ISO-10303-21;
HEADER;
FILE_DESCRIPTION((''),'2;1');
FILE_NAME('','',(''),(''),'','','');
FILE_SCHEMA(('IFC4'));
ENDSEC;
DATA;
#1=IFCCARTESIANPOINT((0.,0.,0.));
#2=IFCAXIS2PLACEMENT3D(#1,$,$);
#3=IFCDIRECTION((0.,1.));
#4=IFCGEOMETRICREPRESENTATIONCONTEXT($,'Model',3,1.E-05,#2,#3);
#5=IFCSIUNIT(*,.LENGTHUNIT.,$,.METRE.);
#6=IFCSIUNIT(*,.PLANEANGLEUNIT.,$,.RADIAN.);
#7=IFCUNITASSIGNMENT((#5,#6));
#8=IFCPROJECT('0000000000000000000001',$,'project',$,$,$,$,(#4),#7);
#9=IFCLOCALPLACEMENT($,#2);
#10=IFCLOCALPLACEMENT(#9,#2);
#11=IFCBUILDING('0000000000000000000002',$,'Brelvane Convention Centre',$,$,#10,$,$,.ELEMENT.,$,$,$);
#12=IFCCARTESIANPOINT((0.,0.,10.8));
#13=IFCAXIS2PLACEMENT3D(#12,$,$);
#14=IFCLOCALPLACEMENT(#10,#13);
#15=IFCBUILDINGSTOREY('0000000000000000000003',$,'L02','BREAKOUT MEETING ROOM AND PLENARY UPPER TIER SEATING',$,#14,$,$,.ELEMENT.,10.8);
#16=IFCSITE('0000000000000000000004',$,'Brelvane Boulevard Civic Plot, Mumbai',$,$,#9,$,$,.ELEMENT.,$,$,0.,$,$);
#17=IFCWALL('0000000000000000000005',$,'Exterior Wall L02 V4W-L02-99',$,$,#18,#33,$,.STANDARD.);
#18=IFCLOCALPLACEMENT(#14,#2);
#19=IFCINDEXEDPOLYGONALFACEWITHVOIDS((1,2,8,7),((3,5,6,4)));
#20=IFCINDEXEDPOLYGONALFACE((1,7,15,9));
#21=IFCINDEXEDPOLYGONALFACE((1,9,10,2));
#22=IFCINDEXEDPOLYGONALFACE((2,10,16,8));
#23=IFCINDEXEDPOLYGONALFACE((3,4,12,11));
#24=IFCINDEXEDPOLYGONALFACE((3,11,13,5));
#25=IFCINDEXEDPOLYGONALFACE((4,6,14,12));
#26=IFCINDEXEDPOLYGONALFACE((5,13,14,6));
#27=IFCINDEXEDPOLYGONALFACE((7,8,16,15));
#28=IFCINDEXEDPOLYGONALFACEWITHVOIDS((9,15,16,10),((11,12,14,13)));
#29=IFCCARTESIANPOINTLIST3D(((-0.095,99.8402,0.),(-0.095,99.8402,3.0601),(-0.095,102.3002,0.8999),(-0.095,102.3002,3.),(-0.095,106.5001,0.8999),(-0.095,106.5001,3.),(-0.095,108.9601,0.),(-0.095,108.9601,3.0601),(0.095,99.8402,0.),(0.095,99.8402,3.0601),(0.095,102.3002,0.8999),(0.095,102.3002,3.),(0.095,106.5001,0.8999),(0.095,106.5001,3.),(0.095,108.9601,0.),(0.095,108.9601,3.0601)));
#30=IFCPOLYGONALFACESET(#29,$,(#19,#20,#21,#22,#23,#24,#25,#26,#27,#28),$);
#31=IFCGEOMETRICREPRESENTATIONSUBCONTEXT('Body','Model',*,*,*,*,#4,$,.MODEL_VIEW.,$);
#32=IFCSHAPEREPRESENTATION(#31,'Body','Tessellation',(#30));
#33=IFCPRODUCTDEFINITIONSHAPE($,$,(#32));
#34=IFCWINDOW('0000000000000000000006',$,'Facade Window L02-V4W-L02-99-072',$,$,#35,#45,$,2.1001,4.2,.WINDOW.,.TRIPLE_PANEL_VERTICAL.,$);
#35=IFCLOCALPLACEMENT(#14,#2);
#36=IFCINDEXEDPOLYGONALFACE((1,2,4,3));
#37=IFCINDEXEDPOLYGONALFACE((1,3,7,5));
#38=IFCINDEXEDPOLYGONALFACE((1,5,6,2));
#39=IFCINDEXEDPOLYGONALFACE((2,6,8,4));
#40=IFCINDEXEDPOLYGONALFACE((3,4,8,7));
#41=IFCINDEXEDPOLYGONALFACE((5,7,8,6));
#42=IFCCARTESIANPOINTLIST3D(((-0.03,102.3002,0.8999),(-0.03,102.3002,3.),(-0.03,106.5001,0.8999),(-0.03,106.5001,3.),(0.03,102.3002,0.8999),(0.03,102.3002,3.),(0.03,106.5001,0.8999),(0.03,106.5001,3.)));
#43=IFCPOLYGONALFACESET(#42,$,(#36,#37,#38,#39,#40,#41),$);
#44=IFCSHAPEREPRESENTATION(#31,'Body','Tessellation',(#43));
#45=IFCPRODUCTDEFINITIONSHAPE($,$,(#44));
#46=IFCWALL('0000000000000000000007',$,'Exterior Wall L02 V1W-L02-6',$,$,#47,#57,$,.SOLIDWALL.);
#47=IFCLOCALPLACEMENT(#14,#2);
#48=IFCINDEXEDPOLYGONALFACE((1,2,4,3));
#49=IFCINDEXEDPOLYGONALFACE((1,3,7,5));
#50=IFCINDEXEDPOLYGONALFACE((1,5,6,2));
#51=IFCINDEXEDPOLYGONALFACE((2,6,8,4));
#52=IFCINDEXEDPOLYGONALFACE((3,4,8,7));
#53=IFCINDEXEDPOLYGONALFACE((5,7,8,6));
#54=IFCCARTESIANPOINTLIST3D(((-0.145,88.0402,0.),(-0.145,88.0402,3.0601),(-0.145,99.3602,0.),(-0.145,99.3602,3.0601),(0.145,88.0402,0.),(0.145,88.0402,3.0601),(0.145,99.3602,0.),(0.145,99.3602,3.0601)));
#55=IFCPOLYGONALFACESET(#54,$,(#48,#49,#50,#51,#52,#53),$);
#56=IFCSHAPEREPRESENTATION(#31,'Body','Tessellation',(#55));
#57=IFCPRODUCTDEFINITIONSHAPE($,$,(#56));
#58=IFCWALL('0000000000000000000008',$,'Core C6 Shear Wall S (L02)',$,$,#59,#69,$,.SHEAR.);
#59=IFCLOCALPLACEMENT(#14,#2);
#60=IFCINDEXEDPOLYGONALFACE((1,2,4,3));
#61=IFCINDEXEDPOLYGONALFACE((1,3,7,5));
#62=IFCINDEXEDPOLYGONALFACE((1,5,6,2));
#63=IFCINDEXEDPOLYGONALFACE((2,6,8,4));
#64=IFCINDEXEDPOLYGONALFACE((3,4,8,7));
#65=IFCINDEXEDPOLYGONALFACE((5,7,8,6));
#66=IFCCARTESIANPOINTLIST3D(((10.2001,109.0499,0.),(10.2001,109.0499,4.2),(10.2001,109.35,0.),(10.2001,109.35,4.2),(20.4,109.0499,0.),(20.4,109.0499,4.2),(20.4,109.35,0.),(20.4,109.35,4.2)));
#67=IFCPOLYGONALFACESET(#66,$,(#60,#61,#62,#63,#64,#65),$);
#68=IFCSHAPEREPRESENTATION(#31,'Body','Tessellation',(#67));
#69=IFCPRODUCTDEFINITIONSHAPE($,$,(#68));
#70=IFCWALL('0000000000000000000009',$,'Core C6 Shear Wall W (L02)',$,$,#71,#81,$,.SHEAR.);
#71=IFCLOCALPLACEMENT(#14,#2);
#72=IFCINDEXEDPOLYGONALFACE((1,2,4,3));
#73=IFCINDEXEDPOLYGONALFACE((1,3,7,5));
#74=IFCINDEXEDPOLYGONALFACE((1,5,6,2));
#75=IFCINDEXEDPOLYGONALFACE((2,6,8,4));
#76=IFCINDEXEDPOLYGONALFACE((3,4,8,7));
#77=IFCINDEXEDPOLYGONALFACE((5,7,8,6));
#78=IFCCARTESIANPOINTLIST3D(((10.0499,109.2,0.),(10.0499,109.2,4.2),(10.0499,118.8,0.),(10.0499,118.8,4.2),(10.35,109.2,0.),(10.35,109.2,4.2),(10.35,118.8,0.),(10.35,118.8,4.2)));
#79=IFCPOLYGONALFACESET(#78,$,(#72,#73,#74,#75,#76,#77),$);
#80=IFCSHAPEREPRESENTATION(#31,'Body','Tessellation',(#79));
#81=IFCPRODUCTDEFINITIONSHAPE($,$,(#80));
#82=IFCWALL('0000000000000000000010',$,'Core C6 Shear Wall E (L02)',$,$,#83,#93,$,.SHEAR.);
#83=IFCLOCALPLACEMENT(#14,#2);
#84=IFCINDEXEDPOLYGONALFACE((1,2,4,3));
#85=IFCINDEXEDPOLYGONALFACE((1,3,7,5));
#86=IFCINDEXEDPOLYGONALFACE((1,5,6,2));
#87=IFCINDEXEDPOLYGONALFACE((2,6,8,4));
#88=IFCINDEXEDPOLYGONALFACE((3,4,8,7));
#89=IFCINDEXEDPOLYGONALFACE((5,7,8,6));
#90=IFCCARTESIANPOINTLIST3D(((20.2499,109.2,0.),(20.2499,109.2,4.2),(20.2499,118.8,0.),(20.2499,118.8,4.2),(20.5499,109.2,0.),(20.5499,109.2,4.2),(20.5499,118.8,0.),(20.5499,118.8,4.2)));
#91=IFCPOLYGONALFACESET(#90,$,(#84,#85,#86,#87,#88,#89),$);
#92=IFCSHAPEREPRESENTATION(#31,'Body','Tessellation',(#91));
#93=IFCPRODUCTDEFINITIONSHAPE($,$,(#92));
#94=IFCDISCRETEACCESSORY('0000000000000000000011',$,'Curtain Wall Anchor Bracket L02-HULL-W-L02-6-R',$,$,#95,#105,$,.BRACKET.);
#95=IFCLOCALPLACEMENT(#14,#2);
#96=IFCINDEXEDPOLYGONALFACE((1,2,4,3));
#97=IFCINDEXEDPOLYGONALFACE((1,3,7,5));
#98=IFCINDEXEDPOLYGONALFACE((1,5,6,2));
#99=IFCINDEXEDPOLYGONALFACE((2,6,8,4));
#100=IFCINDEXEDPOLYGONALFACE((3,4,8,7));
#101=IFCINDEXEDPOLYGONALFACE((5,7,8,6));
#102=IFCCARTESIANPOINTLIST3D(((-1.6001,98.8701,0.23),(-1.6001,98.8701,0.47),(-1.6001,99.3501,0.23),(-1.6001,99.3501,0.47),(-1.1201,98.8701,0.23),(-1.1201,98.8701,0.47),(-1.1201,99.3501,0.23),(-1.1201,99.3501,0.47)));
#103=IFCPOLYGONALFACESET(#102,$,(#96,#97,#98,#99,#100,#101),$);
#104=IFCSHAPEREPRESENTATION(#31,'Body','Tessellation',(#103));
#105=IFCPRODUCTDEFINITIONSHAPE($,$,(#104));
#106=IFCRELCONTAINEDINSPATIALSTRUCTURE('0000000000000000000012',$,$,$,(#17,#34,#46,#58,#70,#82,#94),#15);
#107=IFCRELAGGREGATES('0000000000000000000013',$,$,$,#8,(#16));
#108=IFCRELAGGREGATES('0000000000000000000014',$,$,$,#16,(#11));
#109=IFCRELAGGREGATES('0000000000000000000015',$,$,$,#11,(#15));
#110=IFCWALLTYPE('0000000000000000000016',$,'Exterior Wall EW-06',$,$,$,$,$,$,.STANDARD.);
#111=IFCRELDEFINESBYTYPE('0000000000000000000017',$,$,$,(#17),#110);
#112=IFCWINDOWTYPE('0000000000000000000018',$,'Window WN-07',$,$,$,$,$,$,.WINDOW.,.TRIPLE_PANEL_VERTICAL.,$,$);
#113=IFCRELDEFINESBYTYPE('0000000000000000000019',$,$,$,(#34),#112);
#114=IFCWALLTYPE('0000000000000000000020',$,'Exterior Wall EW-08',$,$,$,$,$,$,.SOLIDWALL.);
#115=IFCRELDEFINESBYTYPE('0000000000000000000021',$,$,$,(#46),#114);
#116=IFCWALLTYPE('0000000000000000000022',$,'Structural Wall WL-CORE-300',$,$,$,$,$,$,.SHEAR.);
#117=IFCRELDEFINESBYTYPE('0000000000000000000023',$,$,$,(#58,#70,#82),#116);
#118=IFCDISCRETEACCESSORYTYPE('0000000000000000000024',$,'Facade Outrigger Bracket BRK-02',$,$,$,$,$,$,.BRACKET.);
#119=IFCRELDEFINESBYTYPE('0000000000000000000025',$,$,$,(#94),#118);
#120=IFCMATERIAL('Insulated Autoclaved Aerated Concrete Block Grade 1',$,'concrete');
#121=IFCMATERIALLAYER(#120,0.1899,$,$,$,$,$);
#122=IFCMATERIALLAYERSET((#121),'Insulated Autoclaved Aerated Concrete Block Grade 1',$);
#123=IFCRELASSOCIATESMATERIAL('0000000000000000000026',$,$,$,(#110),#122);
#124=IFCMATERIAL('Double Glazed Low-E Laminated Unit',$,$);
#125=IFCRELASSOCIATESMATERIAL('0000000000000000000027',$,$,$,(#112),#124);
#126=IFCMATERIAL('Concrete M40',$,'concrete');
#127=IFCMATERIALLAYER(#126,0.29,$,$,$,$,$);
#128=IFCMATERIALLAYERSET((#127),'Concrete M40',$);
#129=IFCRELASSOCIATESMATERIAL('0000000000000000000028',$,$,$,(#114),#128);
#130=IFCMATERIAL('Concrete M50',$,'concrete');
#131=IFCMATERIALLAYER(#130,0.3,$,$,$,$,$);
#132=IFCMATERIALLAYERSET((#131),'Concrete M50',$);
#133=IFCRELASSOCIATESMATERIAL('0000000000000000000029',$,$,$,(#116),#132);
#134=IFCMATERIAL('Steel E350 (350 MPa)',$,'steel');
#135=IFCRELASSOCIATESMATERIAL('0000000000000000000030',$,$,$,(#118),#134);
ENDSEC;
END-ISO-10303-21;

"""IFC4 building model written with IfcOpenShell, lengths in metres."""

from ifc_helpers import new_model, si_unit, direction, frame, frame_2d, origin, origin_2d, place, context, subcontext, project, spatial, rectangle, extrude, material, layer, layer_set, type_object, element, fill, save


model = new_model("IFC4")

# Units and contexts
model_context = context("Model", 3, precision=1e-05, world=origin(), true_north=direction((0.0, 1.0)))
body_context = subcontext(model_context, "Body", "Model", "MODEL_VIEW")
ifc_project = project(units=[si_unit("LENGTHUNIT", "METRE"), si_unit("PLANEANGLEUNIT", "RADIAN")], contexts=[model_context])

# Site, building, storey
site_placement = place(None, origin())
site = spatial("IfcSite", under=ifc_project, at=site_placement, Name="Brelvane Boulevard Civic Plot, Mumbai", CompositionType="ELEMENT", RefElevation=0.0)
building_placement = place(site_placement, origin())
building = spatial("IfcBuilding", under=site, at=building_placement, Name="Brelvane Convention Centre", CompositionType="ELEMENT")
storey_placement = place(building_placement, frame((0.0, 0.0, 10.8)))
storey = spatial("IfcBuildingStorey", under=building, at=storey_placement, Name="L02", Description="BREAKOUT MEETING ROOM AND PLENARY UPPER TIER SEATING", CompositionType="ELEMENT", Elevation=10.8)

# Wall, opening, window
ifc_material_1 = material(Name="Insulated Autoclaved Aerated Concrete Block Grade 1", Category="concrete")
ifc_layer_1 = layer(ifc_material_1, 0.1899)
ifc_layer_set_1 = layer_set([ifc_layer_1], Name="Insulated Autoclaved Aerated Concrete Block Grade 1")
wall_type_1 = type_object("IfcWallType", Name="Exterior Wall EW-06", PredefinedType="STANDARD", material=ifc_layer_set_1)
wall_1_placement = place(storey_placement, frame((0.0, 99.8401, 0.0), z_axis=(0.0, 0.0, 1.0), x_axis=(0.0, 1.0, 0.0)))
wall_1 = element("IfcWall", 1, at=wall_1_placement, inside=storey, type_object=wall_type_1, Name="Exterior Wall L02 V4W-L02-99", PredefinedType="STANDARD", context=body_context, shape_type="SweptSolid", body=[
    extrude(rectangle(XDim=9.1199, YDim=0.1899, at=frame_2d((4.5601, 0.0))), origin(), (0.0, 0.0, 1.0), 3.0601),
])
opening_placement = place(wall_1_placement, frame((2.46, 0.0, 0.8999)))
opening = element("IfcOpeningElement", 2, at=opening_placement, cuts=wall_1, PredefinedType="OPENING", context=body_context, shape_type="SweptSolid", body=[
    extrude(rectangle(XDim=4.2, YDim=2.1001, at=frame_2d((2.1001, 1.05))), frame((0.0, 0.105, 0.0), z_axis=(0.0, -1.0, 0.0), x_axis=(1.0, 0.0, 0.0)), (0.0, 0.0, 1.0), 0.21),
])
ifc_material_2 = material(Name="Double Glazed Low-E Laminated Unit")
window_type = type_object("IfcWindowType", Name="Window WN-07", PartitioningType="TRIPLE_PANEL_VERTICAL", PredefinedType="WINDOW", material=ifc_material_2)
window_placement = place(opening_placement, origin())
window = element("IfcWindow", 3, at=window_placement, inside=storey, type_object=window_type, Name="Facade Window L02-V4W-L02-99-072", OverallHeight=2.1001, OverallWidth=4.2, PartitioningType="TRIPLE_PANEL_VERTICAL", PredefinedType="WINDOW", context=body_context, shape_type="SweptSolid", body=[
    extrude(rectangle(XDim=4.2, YDim=2.1001, at=frame_2d((2.1001, 1.05))), frame((0.0, 0.03, 0.0), z_axis=(0.0, -1.0, 0.0), x_axis=(1.0, 0.0, 0.0)), (0.0, 0.0, 1.0), 0.0601),
])
fill(opening, window)

# Walls
ifc_material_3 = material(Name="Concrete M40", Category="concrete")
ifc_layer_2 = layer(ifc_material_3, 0.29)
ifc_layer_set_2 = layer_set([ifc_layer_2], Name="Concrete M40")
wall_type_2 = type_object("IfcWallType", Name="Exterior Wall EW-08", PredefinedType="SOLIDWALL", material=ifc_layer_set_2)
wall_2_placement = place(storey_placement, frame((0.0, 88.04, 0.0), z_axis=(0.0, 0.0, 1.0), x_axis=(0.0, 1.0, 0.0)))
element("IfcWall", 4, at=wall_2_placement, inside=storey, type_object=wall_type_2, Name="Exterior Wall L02 V1W-L02-6", PredefinedType="SOLIDWALL", context=body_context, shape_type="SweptSolid", body=[
    extrude(rectangle(XDim=11.3201, YDim=0.29, at=frame_2d((5.6602, 0.0))), origin(), (0.0, 0.0, 1.0), 3.0601),
])
ifc_material_4 = material(Name="Concrete M50", Category="concrete")
ifc_layer_3 = layer(ifc_material_4, 0.3)
ifc_layer_set_3 = layer_set([ifc_layer_3], Name="Concrete M50")
wall_type_3 = type_object("IfcWallType", Name="Structural Wall WL-CORE-300", PredefinedType="SHEAR", material=ifc_layer_set_3)
wall_3_placement = place(storey_placement, frame((10.2, 109.2, 0.0), z_axis=(0.0, 0.0, 1.0), x_axis=(1.0, 0.0, 0.0)))
element("IfcWall", 5, at=wall_3_placement, inside=storey, type_object=wall_type_3, Name="Core C6 Shear Wall S (L02)", PredefinedType="SHEAR", context=body_context, shape_type="SweptSolid", body=[
    extrude(rectangle(XDim=10.2, YDim=0.3, at=frame_2d((5.1001, 0.0))), origin(), (0.0, 0.0, 1.0), 4.2),
])
for number, where, z_axis, x_axis, name in (
    (6, (10.2, 109.2, 0.0), (0.0, 0.0, 1.0), (0.0, 1.0, 0.0), "Core C6 Shear Wall W (L02)"),
    (7, (20.3999, 109.2, 0.0), (0.0, 0.0, 1.0), (0.0, 1.0, 0.0), "Core C6 Shear Wall E (L02)"),
):
    element("IfcWall", number, at=place(storey_placement, frame(where, z_axis=z_axis, x_axis=x_axis)), inside=storey, type_object=wall_type_3, Name=name, PredefinedType="SHEAR", context=body_context, shape_type="SweptSolid", body=[
        extrude(rectangle(XDim=9.6001, YDim=0.3, at=frame_2d((4.8, 0.0))), origin(), (0.0, 0.0, 1.0), 4.2),
    ])

# Discrete accessory
ifc_material_5 = material(Name="Steel E350 (350 MPa)", Category="steel")
discrete_accessory_type = type_object("IfcDiscreteAccessoryType", Name="Facade Outrigger Bracket BRK-02", PredefinedType="BRACKET", material=ifc_material_5)
discrete_accessory_placement = place(storey_placement, frame((-1.3601, 99.1101, 0.23), z_axis=(0.0, 0.0, 1.0), x_axis=(1.0, 0.0, 0.0)))
element("IfcDiscreteAccessory", 8, at=discrete_accessory_placement, inside=storey, type_object=discrete_accessory_type, Name="Curtain Wall Anchor Bracket L02-HULL-W-L02-6-R", PredefinedType="BRACKET", context=body_context, shape_type="SweptSolid", body=[
    extrude(rectangle(XDim=0.48, YDim=0.48, at=origin_2d()), origin(), (0.0, 0.0, 1.0), 0.24),
])

save(model, "model.ifc")
